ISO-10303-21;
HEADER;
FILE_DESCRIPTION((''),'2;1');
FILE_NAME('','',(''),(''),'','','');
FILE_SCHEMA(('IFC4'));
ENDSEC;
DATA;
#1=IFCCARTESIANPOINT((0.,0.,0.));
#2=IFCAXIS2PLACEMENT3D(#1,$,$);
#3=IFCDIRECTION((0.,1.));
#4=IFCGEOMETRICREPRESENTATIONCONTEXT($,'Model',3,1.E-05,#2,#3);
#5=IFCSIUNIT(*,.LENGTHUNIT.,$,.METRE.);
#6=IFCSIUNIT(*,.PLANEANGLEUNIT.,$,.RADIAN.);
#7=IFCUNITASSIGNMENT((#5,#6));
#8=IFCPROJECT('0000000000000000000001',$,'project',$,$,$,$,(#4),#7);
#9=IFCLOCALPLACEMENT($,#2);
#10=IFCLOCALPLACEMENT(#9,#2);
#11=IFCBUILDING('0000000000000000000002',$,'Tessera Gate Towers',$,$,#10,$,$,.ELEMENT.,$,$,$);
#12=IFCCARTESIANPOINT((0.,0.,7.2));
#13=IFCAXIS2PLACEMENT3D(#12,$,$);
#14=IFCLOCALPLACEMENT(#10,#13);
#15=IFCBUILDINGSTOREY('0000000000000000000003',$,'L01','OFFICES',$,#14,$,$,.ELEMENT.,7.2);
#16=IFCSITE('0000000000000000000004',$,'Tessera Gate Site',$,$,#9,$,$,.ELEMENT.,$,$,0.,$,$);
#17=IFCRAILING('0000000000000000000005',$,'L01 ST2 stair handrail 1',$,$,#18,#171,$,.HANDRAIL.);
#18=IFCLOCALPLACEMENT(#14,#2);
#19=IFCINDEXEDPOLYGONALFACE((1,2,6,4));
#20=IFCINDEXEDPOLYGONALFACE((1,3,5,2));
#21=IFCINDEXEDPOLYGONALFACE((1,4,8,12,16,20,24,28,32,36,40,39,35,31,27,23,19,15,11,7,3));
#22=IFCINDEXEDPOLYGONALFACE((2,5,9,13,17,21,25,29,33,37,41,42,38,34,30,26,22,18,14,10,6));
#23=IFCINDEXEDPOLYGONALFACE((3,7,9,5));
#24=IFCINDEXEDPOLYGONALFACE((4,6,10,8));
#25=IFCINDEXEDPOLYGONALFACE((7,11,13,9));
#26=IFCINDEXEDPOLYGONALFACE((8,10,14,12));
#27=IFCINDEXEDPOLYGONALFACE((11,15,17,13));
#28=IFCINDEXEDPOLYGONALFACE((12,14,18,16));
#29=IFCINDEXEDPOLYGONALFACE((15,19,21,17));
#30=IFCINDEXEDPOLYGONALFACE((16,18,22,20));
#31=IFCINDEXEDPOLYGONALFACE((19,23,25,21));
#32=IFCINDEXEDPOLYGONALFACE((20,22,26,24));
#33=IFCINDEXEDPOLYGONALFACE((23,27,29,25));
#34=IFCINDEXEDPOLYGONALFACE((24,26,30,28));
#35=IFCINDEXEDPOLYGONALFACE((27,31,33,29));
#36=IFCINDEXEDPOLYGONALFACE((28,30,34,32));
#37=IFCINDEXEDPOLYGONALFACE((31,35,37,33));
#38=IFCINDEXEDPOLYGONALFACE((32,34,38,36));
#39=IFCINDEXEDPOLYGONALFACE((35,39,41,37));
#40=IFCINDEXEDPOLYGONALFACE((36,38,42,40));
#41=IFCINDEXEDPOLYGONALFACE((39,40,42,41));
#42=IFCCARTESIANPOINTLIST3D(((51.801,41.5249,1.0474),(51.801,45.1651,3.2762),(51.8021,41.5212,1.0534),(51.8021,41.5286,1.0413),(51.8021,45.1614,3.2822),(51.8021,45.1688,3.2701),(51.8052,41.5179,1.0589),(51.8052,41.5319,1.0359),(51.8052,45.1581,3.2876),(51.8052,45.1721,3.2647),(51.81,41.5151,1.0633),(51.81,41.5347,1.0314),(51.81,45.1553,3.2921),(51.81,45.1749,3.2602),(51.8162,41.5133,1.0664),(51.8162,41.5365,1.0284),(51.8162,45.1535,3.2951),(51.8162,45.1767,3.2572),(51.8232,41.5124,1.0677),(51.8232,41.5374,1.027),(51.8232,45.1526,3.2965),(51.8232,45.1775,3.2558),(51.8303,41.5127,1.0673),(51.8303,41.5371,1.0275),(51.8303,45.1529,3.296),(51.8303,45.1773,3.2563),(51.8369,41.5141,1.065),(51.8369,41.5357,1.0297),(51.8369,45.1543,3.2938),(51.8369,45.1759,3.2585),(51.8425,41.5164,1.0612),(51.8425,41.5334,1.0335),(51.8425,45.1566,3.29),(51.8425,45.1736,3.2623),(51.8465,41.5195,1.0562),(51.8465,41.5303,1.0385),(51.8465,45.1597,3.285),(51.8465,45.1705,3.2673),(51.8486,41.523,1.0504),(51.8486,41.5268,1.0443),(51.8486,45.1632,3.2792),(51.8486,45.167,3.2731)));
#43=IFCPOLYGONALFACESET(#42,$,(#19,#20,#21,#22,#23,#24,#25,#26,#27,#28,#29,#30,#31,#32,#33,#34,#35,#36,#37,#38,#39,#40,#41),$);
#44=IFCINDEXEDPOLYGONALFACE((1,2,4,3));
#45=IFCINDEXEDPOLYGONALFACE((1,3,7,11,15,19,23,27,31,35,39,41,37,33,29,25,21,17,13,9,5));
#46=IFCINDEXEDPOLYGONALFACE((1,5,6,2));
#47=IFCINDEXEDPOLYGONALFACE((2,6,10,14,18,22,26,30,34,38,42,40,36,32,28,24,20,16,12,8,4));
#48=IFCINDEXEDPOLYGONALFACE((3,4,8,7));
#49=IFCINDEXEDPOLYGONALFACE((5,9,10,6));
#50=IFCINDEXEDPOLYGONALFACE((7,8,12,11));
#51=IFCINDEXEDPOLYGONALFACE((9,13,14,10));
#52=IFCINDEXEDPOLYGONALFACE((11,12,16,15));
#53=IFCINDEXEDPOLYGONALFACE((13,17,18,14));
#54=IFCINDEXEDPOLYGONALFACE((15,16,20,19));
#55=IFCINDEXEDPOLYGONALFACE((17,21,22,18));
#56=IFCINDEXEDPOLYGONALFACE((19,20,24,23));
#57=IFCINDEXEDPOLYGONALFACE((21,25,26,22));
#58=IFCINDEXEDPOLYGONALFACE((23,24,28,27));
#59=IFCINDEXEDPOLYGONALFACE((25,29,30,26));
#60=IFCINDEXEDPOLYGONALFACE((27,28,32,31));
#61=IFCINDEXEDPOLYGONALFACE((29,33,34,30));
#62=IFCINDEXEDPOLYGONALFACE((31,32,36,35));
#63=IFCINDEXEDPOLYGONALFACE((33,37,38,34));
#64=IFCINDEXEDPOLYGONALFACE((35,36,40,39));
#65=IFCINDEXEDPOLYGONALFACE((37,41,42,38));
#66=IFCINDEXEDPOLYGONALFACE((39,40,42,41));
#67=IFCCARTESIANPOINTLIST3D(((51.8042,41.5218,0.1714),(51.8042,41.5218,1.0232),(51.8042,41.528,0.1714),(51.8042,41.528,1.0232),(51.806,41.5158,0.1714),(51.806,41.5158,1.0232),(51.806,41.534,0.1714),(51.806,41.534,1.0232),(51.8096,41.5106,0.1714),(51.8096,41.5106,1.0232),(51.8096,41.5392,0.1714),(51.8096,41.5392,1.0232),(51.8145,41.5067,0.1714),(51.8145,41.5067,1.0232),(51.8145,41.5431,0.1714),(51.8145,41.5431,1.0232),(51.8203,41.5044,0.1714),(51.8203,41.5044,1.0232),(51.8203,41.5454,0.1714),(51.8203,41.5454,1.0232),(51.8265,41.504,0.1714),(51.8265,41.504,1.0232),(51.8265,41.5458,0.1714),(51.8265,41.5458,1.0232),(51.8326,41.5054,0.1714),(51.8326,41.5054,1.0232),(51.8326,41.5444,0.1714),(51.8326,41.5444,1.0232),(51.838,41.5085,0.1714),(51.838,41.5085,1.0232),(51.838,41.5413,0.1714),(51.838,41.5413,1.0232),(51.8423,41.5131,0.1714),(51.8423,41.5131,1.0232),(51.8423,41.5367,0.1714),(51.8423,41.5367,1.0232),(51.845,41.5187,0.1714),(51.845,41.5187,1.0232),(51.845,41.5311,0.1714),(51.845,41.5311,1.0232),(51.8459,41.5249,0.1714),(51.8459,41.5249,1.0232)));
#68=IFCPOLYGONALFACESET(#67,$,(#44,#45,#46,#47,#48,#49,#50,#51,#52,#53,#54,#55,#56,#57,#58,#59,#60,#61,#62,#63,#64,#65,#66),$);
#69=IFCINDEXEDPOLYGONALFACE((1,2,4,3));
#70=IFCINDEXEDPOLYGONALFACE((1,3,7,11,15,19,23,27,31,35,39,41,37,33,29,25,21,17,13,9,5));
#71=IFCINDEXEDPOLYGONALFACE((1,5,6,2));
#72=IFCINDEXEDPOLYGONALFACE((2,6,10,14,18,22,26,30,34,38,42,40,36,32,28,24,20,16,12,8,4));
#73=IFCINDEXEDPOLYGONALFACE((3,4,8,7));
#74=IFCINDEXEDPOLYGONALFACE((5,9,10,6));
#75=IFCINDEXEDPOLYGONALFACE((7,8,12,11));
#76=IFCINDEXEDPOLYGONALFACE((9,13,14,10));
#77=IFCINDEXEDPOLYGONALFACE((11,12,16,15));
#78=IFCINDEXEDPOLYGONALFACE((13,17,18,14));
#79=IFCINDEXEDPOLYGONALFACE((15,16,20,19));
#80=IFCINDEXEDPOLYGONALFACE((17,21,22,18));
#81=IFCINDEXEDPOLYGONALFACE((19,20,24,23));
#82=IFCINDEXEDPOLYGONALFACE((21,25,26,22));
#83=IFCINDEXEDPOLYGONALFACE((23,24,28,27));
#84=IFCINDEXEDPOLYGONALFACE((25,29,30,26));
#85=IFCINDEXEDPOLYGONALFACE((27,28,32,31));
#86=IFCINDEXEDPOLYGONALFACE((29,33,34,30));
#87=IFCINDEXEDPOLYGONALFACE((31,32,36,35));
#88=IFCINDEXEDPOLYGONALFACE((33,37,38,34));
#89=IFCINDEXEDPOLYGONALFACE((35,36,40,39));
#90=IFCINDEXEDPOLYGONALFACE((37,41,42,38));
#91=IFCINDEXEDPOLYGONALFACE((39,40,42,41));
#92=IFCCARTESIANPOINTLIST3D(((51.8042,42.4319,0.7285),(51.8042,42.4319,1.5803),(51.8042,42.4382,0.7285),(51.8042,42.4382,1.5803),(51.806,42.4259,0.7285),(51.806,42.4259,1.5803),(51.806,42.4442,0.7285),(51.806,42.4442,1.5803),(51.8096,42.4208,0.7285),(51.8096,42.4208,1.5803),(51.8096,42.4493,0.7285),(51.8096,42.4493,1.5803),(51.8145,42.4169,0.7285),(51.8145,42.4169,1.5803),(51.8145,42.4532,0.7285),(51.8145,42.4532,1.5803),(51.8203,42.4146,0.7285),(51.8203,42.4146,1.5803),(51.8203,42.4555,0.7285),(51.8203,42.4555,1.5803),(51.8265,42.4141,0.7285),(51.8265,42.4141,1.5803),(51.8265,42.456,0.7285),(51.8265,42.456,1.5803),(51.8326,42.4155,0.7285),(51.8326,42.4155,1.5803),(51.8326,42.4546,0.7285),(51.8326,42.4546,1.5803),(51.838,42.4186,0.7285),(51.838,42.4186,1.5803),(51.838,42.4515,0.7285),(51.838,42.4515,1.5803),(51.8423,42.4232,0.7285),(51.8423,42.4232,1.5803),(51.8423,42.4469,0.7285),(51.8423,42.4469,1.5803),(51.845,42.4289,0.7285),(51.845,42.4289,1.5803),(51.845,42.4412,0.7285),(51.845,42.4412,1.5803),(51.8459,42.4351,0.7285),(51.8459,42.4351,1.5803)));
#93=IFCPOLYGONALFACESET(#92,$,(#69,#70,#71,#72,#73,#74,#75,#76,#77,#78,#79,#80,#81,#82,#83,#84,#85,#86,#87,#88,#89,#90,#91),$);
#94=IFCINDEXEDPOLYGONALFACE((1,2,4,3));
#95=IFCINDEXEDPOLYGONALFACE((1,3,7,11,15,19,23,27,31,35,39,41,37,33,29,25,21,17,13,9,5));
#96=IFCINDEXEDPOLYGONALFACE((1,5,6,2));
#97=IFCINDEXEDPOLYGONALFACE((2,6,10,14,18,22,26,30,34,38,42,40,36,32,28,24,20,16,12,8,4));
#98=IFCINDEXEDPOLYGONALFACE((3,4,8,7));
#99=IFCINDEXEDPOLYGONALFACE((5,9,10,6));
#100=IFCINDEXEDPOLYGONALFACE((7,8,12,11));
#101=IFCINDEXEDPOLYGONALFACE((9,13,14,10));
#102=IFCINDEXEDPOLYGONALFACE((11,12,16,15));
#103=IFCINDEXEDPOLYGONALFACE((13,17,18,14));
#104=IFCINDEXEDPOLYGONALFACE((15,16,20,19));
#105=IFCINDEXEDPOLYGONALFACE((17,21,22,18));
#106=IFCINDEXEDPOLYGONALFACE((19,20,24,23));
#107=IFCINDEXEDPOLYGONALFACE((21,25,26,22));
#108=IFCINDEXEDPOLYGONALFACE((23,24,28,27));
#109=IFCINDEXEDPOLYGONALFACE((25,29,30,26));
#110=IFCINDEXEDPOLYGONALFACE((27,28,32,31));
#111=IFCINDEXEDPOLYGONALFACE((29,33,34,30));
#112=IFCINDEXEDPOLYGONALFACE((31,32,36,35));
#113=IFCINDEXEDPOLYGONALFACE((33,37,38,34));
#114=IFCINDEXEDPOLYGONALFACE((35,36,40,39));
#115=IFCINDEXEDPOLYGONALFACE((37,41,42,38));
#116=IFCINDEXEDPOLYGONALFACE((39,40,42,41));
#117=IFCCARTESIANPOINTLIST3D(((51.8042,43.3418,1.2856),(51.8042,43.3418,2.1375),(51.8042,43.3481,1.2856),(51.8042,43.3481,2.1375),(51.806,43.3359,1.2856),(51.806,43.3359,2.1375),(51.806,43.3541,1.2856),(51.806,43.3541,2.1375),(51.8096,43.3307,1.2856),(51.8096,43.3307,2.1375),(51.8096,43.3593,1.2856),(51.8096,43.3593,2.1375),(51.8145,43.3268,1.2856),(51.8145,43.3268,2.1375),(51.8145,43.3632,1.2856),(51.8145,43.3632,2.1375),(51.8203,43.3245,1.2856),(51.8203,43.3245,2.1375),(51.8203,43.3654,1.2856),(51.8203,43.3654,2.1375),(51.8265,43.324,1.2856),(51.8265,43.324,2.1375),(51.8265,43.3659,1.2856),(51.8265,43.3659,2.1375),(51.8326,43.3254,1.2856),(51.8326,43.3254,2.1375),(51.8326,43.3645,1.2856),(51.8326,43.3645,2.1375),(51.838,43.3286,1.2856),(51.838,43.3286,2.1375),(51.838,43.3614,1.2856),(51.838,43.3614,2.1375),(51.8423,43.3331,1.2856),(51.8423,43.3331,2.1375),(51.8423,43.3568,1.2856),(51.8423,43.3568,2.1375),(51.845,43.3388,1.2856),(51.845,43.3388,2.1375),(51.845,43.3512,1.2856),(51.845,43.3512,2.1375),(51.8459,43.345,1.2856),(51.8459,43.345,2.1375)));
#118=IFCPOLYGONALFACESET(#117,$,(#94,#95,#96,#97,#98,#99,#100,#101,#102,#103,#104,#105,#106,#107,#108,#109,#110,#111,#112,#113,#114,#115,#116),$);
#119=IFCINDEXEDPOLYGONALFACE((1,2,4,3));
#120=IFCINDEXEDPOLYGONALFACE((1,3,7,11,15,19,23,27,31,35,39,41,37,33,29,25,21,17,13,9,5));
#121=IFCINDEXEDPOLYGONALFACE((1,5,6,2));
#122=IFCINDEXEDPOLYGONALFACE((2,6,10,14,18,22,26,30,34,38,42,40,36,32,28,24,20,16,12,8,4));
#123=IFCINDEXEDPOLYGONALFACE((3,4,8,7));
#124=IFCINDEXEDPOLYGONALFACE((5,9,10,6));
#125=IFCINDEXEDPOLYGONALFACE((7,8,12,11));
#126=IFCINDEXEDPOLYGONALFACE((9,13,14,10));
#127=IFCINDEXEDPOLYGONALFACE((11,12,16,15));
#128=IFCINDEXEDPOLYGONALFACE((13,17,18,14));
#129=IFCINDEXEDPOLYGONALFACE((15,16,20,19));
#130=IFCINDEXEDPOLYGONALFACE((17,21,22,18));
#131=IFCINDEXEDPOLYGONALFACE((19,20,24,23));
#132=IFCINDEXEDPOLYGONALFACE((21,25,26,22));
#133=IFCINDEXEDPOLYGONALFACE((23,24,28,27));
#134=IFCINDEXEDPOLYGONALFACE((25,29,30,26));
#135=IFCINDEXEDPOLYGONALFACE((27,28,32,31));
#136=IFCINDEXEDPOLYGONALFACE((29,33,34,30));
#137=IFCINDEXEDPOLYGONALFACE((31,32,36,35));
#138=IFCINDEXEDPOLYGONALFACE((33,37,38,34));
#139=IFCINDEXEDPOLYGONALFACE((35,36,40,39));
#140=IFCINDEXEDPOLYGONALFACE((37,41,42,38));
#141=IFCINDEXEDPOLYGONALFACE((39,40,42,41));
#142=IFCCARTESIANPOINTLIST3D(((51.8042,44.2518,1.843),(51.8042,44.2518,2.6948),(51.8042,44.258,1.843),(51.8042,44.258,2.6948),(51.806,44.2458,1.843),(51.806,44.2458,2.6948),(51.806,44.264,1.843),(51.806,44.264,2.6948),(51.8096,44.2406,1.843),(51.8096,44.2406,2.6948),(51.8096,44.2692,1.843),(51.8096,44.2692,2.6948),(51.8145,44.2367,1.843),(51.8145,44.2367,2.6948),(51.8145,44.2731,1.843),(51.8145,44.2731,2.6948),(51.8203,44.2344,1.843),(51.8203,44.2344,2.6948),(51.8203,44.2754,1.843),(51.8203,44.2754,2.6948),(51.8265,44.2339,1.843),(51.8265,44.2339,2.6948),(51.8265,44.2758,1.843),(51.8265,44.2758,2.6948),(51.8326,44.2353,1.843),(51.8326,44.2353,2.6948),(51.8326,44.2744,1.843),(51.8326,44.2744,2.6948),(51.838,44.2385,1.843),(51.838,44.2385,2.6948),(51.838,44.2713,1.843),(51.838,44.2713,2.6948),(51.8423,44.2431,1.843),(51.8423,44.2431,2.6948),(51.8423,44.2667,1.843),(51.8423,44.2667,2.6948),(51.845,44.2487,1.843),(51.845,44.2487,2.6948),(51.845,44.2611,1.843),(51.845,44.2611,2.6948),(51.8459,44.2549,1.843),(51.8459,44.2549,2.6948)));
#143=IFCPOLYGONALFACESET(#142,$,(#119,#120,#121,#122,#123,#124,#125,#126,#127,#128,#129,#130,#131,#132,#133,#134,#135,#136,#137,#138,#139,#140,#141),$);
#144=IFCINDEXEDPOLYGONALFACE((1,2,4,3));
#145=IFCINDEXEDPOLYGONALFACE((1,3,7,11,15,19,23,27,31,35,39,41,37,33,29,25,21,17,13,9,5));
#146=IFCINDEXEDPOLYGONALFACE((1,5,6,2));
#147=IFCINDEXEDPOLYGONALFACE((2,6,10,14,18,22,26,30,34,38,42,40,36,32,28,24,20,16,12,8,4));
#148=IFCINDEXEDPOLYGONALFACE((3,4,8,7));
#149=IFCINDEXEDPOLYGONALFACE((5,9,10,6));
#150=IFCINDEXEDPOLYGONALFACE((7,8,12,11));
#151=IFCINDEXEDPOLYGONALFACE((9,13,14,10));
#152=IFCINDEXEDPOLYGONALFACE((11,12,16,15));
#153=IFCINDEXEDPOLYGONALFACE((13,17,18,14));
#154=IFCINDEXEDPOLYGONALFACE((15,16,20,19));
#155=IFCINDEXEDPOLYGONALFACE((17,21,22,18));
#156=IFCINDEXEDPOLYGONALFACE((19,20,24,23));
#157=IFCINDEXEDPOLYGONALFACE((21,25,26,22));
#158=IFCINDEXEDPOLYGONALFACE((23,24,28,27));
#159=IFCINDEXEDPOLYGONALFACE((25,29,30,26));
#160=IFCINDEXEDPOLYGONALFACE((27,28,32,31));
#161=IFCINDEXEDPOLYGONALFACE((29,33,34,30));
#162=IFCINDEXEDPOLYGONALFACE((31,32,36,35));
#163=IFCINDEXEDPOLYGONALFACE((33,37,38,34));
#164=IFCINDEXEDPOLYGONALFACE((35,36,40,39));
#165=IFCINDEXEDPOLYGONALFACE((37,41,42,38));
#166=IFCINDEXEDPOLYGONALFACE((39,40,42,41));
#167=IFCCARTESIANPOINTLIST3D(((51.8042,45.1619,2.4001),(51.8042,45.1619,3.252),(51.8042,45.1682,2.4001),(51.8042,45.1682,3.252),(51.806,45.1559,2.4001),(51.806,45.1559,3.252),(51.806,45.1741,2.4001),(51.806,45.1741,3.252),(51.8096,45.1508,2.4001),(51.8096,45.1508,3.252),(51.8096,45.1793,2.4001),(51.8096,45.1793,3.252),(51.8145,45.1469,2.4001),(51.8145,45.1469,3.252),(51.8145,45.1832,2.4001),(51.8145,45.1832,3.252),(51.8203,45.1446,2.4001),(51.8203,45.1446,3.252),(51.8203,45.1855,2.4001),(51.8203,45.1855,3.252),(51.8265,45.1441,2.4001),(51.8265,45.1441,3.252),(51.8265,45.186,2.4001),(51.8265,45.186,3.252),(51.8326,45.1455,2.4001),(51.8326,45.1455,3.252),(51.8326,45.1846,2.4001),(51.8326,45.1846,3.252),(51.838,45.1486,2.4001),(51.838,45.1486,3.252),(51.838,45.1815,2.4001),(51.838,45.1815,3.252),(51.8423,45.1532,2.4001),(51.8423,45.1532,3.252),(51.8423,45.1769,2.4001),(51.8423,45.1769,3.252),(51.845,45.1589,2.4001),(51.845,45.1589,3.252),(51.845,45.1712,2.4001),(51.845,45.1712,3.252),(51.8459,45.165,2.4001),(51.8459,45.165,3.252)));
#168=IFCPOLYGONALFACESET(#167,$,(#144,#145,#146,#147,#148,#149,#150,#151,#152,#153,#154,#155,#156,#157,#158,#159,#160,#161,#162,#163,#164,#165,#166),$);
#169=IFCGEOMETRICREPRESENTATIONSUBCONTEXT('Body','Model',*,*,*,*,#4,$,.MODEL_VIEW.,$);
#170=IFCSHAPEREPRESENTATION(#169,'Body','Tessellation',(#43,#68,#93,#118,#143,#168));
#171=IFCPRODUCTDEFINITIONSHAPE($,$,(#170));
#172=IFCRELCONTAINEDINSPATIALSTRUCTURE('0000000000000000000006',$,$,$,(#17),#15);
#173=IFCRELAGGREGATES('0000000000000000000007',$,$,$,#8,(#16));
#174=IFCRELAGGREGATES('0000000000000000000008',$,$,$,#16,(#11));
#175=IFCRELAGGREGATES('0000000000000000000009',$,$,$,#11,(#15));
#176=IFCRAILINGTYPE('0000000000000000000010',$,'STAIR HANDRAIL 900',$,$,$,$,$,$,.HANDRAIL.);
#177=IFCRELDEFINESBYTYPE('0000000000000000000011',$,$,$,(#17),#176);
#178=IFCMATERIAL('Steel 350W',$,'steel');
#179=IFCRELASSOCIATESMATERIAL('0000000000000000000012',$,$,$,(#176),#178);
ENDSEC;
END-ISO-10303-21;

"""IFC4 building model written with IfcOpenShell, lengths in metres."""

from ifc_helpers import new_model, si_unit, direction, frame, origin, origin_2d, place, context, subcontext, project, spatial, circle, extrude, material, type_object, element, save


model = new_model("IFC4")

# Units and contexts
model_context = context("Model", 3, precision=1e-05, world=origin(), true_north=direction((0.0, 1.0)))
body_context = subcontext(model_context, "Body", "Model", "MODEL_VIEW")
ifc_project = project(units=[si_unit("LENGTHUNIT", "METRE"), si_unit("PLANEANGLEUNIT", "RADIAN")], contexts=[model_context])

# Site, building, storey
site_placement = place(None, origin())
site = spatial("IfcSite", under=ifc_project, at=site_placement, Name="Tessera Gate Site", CompositionType="ELEMENT", RefElevation=0.0)
building_placement = place(site_placement, origin())
building = spatial("IfcBuilding", under=site, at=building_placement, Name="Tessera Gate Towers", CompositionType="ELEMENT")
storey_placement = place(building_placement, frame((0.0, 0.0, 7.2)))
storey = spatial("IfcBuildingStorey", under=building, at=storey_placement, Name="L01", Description="OFFICES", CompositionType="ELEMENT", Elevation=7.2)

# Railing
ifc_material_1 = material(Name="Steel 350W", Category="steel")
railing_type_1 = type_object("IfcRailingType", Name="STAIR HANDRAIL 900", PredefinedType="HANDRAIL", material=ifc_material_1)
railing_1_placement = place(storey_placement, frame((51.825, 41.5249, 0.1714)))
element("IfcRailing", 1, at=railing_1_placement, inside=storey, type_object=railing_type_1, Name="L01 ST2 stair handrail 1", PredefinedType="HANDRAIL", context=body_context, shape_type="SweptSolid", body=[
    extrude(circle(Radius=0.0239, at=origin_2d()), frame((0.0, 0.0, 0.876), z_axis=(0.0, 0.85284, 0.522172), x_axis=(-1.0, 0.0, 0.0)), (0.0, 0.0, 1.0), 4.2683),
    extrude(circle(Radius=0.021, at=origin_2d()), origin(), (0.0, 0.0, 1.0), 0.8518),
    extrude(circle(Radius=0.021, at=origin_2d()), frame((0.0, 0.9102, 0.5571)), (0.0, 0.0, 1.0), 0.8518),
    extrude(circle(Radius=0.021, at=origin_2d()), frame((0.0, 1.8201, 1.1143)), (0.0, 0.0, 1.0), 0.8518),
    extrude(circle(Radius=0.021, at=origin_2d()), frame((0.0, 2.73, 1.6716)), (0.0, 0.0, 1.0), 0.8518),
    extrude(circle(Radius=0.021, at=origin_2d()), frame((0.0, 3.6401, 2.2288)), (0.0, 0.0, 1.0), 0.8518),
])

save(model, "model.ifc")
